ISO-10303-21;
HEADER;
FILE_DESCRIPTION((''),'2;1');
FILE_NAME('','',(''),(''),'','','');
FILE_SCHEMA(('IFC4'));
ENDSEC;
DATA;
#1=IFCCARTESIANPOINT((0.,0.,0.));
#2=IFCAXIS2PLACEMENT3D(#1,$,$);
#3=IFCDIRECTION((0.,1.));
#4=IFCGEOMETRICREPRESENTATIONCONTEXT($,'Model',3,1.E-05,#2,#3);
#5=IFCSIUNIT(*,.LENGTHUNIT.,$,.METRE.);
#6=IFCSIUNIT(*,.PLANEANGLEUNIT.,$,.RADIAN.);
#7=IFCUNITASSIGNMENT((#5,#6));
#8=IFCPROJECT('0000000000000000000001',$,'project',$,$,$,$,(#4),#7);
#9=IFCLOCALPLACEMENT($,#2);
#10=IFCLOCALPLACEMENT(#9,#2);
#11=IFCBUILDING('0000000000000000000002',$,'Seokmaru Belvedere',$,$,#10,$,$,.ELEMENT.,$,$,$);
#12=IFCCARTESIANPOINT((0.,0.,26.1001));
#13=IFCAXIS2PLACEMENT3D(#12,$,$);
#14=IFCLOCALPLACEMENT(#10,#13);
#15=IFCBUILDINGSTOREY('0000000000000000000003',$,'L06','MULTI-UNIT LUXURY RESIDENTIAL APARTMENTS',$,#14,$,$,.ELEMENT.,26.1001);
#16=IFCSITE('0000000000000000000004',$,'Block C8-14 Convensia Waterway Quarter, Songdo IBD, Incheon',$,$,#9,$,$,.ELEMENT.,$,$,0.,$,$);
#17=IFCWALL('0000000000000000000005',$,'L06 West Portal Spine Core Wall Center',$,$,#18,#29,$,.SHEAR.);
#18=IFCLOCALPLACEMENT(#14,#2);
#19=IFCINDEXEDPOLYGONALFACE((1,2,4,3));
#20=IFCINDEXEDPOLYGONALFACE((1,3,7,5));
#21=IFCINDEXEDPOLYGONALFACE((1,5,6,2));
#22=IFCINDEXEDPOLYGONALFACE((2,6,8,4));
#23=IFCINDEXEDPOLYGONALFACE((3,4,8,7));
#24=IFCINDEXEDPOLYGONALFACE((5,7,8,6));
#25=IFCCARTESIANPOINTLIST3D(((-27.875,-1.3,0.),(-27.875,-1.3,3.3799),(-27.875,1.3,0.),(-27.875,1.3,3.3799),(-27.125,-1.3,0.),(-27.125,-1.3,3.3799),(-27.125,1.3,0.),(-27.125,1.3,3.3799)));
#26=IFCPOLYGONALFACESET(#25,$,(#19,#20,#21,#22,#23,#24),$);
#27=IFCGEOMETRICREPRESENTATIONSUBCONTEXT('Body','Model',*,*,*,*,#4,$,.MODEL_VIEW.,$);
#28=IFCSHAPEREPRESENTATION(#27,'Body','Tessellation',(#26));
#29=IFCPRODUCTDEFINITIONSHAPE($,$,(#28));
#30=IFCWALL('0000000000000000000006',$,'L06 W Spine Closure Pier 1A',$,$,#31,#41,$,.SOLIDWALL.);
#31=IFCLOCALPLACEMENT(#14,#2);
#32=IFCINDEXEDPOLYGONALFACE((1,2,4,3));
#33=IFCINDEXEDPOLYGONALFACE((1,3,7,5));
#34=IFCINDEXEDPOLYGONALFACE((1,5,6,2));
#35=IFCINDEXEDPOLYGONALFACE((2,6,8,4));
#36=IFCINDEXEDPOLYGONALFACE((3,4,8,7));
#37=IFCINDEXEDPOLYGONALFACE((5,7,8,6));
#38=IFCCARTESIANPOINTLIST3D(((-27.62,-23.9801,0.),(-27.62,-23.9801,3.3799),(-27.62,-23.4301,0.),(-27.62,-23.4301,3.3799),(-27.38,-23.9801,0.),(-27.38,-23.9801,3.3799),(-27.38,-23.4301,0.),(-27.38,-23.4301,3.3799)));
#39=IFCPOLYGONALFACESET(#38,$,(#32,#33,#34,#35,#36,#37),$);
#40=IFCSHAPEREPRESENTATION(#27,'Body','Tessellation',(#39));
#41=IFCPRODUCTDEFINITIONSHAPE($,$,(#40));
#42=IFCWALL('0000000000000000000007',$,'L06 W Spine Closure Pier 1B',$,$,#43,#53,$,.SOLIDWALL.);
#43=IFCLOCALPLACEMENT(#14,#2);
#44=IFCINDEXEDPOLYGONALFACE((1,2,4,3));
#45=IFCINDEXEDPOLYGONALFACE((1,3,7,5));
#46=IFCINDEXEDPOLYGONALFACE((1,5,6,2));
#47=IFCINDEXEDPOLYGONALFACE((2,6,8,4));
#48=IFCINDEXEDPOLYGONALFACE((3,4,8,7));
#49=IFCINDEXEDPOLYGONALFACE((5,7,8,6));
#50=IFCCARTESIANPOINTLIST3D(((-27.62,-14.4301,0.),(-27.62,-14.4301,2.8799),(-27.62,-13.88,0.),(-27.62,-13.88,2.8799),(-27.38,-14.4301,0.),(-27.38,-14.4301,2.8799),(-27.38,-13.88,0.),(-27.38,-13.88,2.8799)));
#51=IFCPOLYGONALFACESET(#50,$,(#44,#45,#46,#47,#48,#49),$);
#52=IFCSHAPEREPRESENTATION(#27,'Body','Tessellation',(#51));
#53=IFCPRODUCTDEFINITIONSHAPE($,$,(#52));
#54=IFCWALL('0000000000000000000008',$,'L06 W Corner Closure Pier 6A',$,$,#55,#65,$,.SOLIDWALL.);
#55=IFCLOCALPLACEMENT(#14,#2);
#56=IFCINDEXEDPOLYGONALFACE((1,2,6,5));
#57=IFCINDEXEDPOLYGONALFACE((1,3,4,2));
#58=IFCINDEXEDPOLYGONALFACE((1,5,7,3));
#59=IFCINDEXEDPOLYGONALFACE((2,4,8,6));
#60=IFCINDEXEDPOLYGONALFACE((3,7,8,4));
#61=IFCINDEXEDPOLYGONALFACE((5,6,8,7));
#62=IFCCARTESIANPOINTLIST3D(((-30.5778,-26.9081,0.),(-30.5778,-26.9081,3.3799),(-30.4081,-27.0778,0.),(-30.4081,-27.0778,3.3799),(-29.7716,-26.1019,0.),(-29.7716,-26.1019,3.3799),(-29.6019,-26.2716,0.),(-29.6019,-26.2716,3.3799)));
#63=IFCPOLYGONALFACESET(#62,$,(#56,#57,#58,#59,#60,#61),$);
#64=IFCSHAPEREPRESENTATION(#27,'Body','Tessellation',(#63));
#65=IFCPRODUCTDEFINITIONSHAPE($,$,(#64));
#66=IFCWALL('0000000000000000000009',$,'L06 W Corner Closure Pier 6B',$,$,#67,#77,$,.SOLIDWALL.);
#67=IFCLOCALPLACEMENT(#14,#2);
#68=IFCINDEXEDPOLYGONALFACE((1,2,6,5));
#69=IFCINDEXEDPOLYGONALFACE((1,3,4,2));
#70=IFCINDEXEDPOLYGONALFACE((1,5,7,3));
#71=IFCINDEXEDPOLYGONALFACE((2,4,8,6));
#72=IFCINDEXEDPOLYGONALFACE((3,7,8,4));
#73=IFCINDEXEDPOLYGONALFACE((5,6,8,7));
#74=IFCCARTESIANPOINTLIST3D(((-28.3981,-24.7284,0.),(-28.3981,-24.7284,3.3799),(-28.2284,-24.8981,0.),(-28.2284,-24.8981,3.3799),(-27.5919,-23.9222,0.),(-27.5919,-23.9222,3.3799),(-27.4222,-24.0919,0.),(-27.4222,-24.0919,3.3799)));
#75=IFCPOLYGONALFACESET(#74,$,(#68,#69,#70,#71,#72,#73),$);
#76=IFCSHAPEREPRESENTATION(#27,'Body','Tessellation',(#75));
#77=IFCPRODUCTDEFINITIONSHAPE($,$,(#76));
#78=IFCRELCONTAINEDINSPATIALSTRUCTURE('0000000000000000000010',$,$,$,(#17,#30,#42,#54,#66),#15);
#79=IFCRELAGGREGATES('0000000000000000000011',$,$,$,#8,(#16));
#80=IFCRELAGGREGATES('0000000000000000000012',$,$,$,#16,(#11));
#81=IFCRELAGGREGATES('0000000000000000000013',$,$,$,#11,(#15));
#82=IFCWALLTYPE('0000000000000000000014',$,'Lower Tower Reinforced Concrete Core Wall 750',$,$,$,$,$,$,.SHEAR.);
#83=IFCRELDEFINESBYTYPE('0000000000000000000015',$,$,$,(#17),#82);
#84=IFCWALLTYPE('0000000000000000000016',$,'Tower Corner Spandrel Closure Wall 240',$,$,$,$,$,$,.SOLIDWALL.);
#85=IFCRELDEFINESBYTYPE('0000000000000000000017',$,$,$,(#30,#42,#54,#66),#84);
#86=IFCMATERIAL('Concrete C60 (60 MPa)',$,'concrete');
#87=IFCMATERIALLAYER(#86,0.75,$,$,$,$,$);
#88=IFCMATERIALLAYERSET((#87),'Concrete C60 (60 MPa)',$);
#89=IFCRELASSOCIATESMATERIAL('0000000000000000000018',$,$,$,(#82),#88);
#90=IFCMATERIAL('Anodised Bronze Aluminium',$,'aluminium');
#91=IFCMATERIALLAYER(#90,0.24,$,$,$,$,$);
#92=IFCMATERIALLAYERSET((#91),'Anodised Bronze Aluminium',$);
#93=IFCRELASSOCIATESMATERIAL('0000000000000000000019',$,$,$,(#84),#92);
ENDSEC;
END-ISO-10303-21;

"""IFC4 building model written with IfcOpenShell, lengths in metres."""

from ifc_helpers import new_model, si_unit, direction, frame, frame_2d, origin, place, context, subcontext, project, spatial, rectangle, extrude, material, layer, layer_set, type_object, element, save


model = new_model("IFC4")

# Units and contexts
model_context = context("Model", 3, precision=1e-05, world=origin(), true_north=direction((0.0, 1.0)))
body_context = subcontext(model_context, "Body", "Model", "MODEL_VIEW")
ifc_project = project(units=[si_unit("LENGTHUNIT", "METRE"), si_unit("PLANEANGLEUNIT", "RADIAN")], contexts=[model_context])

# Site, building, storey
site_placement = place(None, origin())
site = spatial("IfcSite", under=ifc_project, at=site_placement, Name="Block C8-14 Convensia Waterway Quarter, Songdo IBD, Incheon", CompositionType="ELEMENT", RefElevation=0.0)
building_placement = place(site_placement, origin())
building = spatial("IfcBuilding", under=site, at=building_placement, Name="Seokmaru Belvedere", CompositionType="ELEMENT")
storey_placement = place(building_placement, frame((0.0, 0.0, 26.1001)))
storey = spatial("IfcBuildingStorey", under=building, at=storey_placement, Name="L06", Description="MULTI-UNIT LUXURY RESIDENTIAL APARTMENTS", CompositionType="ELEMENT", Elevation=26.1001)

# Shared definitions
ifc_material_1 = material(Name="Anodised Bronze Aluminium", Category="aluminium")

# Walls
ifc_material_2 = material(Name="Concrete C60 (60 MPa)", Category="concrete")
ifc_layer_1 = layer(ifc_material_2, 0.75)
ifc_layer_set_1 = layer_set([ifc_layer_1], Name="Concrete C60 (60 MPa)")
wall_type_1 = type_object("IfcWallType", Name="Lower Tower Reinforced Concrete Core Wall 750", PredefinedType="SHEAR", material=ifc_layer_set_1)
wall_1_placement = place(storey_placement, frame((-27.5, -1.3, 0.0), z_axis=(0.0, 0.0, 1.0), x_axis=(0.0, 1.0, 0.0)))
element("IfcWall", 1, at=wall_1_placement, inside=storey, type_object=wall_type_1, Name="L06 West Portal Spine Core Wall Center", PredefinedType="SHEAR", context=body_context, shape_type="SweptSolid", body=[
    extrude(rectangle(XDim=2.6001, YDim=0.75, at=frame_2d((1.3, 0.0))), origin(), (0.0, 0.0, 1.0), 3.3799),
])
ifc_layer_2 = layer(ifc_material_1, 0.24)
ifc_layer_set_2 = layer_set([ifc_layer_2], Name="Anodised Bronze Aluminium")
wall_type_2 = type_object("IfcWallType", Name="Tower Corner Spandrel Closure Wall 240", PredefinedType="SOLIDWALL", material=ifc_layer_set_2)
wall_2_placement = place(storey_placement, frame((-27.5, -23.98, 0.0), z_axis=(0.0, 0.0, 1.0), x_axis=(0.0, 1.0, 0.0)))
element("IfcWall", 2, at=wall_2_placement, inside=storey, type_object=wall_type_2, Name="L06 W Spine Closure Pier 1A", PredefinedType="SOLIDWALL", context=body_context, shape_type="SweptSolid", body=[
    extrude(rectangle(XDim=0.55, YDim=0.24, at=frame_2d((0.2749, 0.0))), origin(), (0.0, 0.0, 1.0), 3.3799),
])
wall_3_placement = place(storey_placement, frame((-27.5, -14.4299, 0.0), z_axis=(0.0, 0.0, 1.0), x_axis=(0.0, 1.0, 0.0)))
element("IfcWall", 3, at=wall_3_placement, inside=storey, type_object=wall_type_2, Name="L06 W Spine Closure Pier 1B", PredefinedType="SOLIDWALL", context=body_context, shape_type="SweptSolid", body=[
    extrude(rectangle(XDim=0.55, YDim=0.24, at=frame_2d((0.2749, 0.0))), origin(), (0.0, 0.0, 1.0), 2.8799),
])
for number, where, z_axis, x_axis, name in (
    (4, (-30.4929, -26.9929, 0.0), (0.0, 0.0, 1.0), (0.707107, 0.707107, 0.0), "L06 W Corner Closure Pier 6A"),
    (5, (-28.3132, -24.8132, 0.0), (0.0, 0.0, 1.0), (0.707107, 0.707107, 0.0), "L06 W Corner Closure Pier 6B"),
):
    element("IfcWall", number, at=place(storey_placement, frame(where, z_axis=z_axis, x_axis=x_axis)), inside=storey, type_object=wall_type_2, Name=name, PredefinedType="SOLIDWALL", context=body_context, shape_type="SweptSolid", body=[
        extrude(rectangle(XDim=1.1401, YDim=0.24, at=frame_2d((0.5701, 0.0))), origin(), (0.0, 0.0, 1.0), 3.3799),
    ])

save(model, "model.ifc")
